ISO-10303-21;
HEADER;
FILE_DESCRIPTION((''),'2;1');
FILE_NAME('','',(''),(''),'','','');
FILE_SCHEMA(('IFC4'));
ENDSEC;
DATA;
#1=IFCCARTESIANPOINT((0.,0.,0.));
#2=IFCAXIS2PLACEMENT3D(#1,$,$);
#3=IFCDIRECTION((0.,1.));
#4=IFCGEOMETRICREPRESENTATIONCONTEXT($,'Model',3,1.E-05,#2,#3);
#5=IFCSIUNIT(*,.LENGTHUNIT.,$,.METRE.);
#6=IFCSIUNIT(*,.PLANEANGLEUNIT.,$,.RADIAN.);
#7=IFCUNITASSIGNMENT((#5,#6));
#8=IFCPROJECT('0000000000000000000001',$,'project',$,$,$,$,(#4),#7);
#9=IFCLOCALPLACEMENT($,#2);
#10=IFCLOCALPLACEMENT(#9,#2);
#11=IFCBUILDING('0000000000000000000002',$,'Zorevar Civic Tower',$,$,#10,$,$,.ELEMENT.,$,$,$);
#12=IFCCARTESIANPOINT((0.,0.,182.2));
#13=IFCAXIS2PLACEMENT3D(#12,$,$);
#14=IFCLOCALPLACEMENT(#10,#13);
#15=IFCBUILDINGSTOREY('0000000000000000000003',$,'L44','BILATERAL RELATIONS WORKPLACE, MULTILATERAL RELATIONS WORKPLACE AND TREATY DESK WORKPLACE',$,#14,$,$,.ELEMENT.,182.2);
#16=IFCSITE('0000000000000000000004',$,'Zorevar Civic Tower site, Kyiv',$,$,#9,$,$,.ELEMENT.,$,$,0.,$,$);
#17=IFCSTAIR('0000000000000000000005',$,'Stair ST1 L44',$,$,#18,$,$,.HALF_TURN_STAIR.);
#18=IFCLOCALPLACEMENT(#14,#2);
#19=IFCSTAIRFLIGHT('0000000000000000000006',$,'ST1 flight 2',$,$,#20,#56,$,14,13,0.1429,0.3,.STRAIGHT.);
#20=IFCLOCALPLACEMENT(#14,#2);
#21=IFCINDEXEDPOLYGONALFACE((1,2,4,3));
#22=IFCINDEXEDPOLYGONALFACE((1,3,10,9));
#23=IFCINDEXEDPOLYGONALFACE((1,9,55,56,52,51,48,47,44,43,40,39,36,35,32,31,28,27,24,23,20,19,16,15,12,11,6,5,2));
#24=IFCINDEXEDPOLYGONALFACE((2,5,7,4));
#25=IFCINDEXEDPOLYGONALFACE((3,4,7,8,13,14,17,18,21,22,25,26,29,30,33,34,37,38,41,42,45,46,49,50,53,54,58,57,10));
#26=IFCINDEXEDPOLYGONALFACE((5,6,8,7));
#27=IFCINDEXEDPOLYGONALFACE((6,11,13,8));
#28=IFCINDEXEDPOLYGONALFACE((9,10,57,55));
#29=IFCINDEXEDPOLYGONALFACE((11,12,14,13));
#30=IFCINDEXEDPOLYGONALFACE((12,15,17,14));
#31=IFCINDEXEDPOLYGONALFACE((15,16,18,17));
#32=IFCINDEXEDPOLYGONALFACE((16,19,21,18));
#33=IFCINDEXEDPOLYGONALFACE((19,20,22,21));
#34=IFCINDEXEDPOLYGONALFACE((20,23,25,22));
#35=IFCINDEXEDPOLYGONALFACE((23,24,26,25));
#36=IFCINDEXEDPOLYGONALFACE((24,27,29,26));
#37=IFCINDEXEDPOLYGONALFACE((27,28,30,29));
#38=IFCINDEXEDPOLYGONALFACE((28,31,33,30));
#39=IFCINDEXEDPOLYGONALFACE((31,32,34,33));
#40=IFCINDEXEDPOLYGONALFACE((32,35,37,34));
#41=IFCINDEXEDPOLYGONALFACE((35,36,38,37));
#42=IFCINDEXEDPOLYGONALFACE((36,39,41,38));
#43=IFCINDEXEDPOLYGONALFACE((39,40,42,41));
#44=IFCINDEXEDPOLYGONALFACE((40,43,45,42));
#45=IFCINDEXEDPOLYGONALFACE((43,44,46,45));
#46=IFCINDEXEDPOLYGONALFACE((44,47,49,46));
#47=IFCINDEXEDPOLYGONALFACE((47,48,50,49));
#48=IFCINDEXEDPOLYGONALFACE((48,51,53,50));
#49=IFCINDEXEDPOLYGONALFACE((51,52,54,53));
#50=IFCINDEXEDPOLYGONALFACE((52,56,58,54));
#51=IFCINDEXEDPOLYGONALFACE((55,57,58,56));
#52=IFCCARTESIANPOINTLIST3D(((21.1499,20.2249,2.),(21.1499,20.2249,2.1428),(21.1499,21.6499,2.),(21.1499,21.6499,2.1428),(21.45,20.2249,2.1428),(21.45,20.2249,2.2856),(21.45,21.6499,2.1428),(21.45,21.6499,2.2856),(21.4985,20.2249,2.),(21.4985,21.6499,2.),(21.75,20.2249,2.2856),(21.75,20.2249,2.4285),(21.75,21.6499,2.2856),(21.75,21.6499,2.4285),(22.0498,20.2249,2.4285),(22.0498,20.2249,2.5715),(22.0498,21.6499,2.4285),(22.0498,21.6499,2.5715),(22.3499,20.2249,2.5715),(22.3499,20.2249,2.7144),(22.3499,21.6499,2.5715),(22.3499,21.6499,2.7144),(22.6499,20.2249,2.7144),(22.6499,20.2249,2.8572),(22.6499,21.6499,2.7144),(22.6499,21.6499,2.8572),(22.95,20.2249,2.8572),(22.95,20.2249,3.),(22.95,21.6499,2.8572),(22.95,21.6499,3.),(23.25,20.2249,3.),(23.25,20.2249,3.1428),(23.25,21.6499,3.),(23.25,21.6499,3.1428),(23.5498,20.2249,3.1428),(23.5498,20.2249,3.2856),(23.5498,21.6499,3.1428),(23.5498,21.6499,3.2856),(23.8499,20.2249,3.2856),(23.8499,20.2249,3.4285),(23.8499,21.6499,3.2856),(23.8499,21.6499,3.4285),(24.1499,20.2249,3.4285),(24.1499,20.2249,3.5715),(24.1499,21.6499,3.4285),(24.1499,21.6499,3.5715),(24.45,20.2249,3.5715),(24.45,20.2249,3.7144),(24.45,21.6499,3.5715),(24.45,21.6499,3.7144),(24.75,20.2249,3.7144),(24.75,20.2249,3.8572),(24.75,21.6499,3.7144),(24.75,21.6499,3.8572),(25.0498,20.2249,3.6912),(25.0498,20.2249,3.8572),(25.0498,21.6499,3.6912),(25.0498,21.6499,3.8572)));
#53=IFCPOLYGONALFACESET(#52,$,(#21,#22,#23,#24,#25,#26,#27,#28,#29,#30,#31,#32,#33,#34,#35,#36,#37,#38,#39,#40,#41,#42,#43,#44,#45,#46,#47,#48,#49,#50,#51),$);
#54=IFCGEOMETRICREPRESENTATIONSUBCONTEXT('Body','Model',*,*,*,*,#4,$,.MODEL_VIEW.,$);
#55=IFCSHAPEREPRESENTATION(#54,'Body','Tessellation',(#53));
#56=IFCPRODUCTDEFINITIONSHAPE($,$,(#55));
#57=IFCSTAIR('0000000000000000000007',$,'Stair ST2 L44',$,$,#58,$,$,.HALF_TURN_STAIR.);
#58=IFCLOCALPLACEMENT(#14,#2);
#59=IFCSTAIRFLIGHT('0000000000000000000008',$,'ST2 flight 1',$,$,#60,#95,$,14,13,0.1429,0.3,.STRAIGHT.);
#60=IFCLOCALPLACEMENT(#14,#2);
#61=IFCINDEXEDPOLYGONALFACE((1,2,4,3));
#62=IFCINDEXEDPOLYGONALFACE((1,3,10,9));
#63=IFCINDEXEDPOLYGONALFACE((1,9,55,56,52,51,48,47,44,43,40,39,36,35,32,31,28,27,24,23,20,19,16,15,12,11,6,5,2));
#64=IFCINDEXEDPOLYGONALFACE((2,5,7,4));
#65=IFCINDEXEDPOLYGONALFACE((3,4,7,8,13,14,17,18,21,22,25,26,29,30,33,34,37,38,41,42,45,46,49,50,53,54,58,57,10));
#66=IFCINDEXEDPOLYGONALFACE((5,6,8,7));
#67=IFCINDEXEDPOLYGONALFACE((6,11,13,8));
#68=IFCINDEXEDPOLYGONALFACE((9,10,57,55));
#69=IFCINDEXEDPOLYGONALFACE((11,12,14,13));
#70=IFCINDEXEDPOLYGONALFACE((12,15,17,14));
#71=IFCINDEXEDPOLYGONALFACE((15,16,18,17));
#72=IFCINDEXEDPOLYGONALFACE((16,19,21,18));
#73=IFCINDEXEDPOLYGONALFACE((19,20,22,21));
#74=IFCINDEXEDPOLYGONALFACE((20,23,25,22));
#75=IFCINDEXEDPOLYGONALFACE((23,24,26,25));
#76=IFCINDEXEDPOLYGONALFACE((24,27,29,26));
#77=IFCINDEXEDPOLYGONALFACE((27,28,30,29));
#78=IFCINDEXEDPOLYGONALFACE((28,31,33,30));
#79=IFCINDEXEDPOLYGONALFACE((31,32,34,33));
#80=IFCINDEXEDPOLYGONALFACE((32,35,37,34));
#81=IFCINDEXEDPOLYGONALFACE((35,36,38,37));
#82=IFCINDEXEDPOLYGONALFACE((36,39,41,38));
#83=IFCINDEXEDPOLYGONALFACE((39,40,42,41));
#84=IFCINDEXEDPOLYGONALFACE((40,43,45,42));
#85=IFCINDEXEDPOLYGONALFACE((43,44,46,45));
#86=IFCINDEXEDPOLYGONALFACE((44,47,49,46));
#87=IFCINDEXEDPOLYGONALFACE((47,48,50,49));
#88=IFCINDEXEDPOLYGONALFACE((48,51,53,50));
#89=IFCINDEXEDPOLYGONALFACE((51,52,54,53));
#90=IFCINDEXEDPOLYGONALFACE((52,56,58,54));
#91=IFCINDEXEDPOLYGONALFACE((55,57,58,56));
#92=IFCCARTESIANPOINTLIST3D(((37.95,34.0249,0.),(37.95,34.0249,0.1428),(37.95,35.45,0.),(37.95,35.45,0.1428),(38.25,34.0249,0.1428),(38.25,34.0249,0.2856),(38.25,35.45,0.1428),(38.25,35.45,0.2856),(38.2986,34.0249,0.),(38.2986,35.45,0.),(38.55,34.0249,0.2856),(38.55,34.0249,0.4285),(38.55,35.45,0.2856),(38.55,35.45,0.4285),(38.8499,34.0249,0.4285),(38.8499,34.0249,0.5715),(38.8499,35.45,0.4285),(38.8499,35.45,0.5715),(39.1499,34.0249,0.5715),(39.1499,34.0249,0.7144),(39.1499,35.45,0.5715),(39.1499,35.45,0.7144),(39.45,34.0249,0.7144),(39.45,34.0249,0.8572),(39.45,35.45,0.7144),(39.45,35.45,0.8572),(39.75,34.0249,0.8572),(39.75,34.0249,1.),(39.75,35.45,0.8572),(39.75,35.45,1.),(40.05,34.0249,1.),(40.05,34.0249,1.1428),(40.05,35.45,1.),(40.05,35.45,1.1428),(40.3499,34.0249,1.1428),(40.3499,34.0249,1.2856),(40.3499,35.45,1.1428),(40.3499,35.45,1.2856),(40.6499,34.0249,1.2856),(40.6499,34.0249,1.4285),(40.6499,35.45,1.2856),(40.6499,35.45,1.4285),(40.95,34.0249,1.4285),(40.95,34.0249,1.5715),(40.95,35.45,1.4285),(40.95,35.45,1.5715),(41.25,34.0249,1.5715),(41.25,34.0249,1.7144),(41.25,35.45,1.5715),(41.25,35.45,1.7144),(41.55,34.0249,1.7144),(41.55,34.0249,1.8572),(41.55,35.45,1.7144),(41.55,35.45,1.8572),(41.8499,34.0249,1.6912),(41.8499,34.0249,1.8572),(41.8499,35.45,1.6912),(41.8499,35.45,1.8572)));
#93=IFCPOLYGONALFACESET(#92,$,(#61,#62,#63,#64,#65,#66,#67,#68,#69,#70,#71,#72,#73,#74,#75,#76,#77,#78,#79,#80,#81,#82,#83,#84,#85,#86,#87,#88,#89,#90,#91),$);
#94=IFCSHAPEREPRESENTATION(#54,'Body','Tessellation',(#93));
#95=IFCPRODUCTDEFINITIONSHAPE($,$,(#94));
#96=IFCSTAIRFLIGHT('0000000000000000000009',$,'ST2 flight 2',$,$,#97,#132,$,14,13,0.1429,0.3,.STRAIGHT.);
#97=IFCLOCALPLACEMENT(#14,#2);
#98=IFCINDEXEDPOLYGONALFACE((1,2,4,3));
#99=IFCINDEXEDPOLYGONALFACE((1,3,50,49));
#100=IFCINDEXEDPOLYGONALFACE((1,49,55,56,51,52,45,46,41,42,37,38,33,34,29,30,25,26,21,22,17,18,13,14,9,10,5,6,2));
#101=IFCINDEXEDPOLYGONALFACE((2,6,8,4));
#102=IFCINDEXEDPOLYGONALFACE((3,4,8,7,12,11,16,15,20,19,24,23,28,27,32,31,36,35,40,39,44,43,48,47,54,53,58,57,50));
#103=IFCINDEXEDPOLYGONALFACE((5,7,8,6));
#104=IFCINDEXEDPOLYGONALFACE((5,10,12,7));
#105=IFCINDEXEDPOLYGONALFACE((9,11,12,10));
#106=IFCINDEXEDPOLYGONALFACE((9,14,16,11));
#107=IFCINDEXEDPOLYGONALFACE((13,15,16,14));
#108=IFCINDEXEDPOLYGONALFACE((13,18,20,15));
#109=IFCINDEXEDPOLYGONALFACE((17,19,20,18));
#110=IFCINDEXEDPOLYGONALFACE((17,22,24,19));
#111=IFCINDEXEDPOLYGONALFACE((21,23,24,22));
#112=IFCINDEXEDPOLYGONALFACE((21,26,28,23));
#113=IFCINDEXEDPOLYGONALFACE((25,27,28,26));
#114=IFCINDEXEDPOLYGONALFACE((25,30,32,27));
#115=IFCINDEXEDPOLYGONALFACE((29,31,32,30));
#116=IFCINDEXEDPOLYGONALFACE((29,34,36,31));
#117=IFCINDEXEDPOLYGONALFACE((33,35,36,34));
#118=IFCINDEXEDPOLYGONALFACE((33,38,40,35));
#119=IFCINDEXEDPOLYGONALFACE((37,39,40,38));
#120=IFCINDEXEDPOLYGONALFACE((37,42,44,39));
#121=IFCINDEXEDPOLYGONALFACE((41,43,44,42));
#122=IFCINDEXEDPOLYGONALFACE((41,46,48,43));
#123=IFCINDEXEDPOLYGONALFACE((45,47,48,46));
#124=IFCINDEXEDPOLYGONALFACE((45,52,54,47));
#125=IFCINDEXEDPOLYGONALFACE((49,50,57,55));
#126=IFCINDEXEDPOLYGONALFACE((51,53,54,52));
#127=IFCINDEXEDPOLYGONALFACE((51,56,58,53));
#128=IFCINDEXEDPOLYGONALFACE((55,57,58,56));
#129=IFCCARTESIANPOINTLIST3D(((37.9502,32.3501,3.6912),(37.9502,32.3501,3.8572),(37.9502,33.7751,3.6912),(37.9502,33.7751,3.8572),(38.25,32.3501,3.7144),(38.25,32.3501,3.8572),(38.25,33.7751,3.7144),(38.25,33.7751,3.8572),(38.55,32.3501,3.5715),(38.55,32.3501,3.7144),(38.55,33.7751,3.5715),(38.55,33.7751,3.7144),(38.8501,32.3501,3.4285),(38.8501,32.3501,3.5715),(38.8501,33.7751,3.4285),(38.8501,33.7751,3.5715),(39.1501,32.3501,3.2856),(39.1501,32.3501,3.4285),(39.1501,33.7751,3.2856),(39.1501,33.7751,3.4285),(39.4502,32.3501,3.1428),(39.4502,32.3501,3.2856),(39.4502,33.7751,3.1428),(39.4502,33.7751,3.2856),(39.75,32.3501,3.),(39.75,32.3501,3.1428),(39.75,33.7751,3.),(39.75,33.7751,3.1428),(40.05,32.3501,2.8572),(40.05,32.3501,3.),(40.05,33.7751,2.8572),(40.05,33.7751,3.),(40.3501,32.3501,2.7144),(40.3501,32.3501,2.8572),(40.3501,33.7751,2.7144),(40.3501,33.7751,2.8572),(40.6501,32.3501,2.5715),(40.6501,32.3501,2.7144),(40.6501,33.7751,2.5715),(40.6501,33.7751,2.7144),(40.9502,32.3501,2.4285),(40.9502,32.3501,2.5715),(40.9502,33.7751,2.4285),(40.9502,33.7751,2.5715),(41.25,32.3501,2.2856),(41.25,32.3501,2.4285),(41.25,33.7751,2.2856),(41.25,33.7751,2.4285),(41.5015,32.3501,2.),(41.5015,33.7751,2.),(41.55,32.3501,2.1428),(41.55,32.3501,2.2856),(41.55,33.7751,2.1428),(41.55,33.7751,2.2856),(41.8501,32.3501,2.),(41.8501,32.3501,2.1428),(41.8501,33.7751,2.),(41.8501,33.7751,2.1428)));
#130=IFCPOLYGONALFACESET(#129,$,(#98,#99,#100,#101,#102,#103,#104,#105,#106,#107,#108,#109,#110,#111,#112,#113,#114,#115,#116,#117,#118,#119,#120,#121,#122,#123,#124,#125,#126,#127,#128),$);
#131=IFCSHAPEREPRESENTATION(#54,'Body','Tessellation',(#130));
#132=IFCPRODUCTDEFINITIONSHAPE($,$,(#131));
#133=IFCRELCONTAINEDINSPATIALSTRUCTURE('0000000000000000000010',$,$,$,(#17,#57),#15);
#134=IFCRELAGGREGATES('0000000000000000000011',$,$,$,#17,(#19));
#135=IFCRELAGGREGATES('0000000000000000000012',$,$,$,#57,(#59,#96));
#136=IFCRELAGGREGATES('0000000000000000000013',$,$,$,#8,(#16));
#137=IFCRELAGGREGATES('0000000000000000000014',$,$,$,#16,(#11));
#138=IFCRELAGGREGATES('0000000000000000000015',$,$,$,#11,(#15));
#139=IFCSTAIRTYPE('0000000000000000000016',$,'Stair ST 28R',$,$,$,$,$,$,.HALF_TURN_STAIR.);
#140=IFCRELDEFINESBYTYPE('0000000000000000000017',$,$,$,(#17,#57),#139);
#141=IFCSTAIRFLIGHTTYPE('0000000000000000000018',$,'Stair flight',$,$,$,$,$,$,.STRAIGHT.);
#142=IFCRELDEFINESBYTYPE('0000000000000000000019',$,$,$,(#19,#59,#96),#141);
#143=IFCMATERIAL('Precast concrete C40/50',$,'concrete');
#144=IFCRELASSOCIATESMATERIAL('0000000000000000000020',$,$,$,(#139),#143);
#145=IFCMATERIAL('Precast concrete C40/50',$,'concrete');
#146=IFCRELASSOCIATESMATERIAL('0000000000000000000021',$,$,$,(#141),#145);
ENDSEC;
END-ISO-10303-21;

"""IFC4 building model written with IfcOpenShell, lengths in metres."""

from ifc_helpers import new_model, si_unit, direction, frame, origin, place, context, subcontext, project, spatial, polyline, outline, extrude, material, type_object, element, aggregate, save


model = new_model("IFC4")

# Units and contexts
model_context = context("Model", 3, precision=1e-05, world=origin(), true_north=direction((0.0, 1.0)))
body_context = subcontext(model_context, "Body", "Model", "MODEL_VIEW")
ifc_project = project(units=[si_unit("LENGTHUNIT", "METRE"), si_unit("PLANEANGLEUNIT", "RADIAN")], contexts=[model_context])

# Site, building, storey
site_placement = place(None, origin())
site = spatial("IfcSite", under=ifc_project, at=site_placement, Name="Zorevar Civic Tower site, Kyiv", CompositionType="ELEMENT", RefElevation=0.0)
building_placement = place(site_placement, origin())
building = spatial("IfcBuilding", under=site, at=building_placement, Name="Zorevar Civic Tower", CompositionType="ELEMENT")
storey_placement = place(building_placement, frame((0.0, 0.0, 182.2)))
storey = spatial("IfcBuildingStorey", under=building, at=storey_placement, Name="L44", Description="BILATERAL RELATIONS WORKPLACE, MULTILATERAL RELATIONS WORKPLACE AND TREATY DESK WORKPLACE", CompositionType="ELEMENT", Elevation=182.2)

# Stair, stair flight
ifc_material_1 = material(Name="Precast concrete C40/50", Category="concrete")
stair_type = type_object("IfcStairType", Name="Stair ST 28R", PredefinedType="HALF_TURN_STAIR", material=ifc_material_1)
stair_1_placement = place(storey_placement, origin())
stair_1 = element("IfcStair", 1, at=stair_1_placement, inside=storey, type_object=stair_type, Name="Stair ST1 L44", PredefinedType="HALF_TURN_STAIR")
ifc_material_2 = material(Name="Precast concrete C40/50", Category="concrete")
stair_flight_type = type_object("IfcStairFlightType", Name="Stair flight", PredefinedType="STRAIGHT", material=ifc_material_2)
stair_flight_1_placement = place(storey_placement, frame((21.1499, 20.9375, 2.0), z_axis=(0.0, 0.0, 1.0), x_axis=(1.0, 0.0, 0.0)))
stair_flight_1 = element("IfcStairFlight", 2, at=stair_flight_1_placement, type_object=stair_flight_type, Name="ST1 flight 2", NumberOfRisers=14, NumberOfTreads=13, PredefinedType="STRAIGHT", RiserHeight=0.1429, TreadLength=0.3, context=body_context, shape_type="SweptSolid", body=[
    extrude(outline(polyline([(0.0, 0.0), (0.0, 0.1428), (0.3, 0.1428), (0.3, 0.2856), (0.6001, 0.2856), (0.6001, 0.4285), (0.8999, 0.4285), (0.8999, 0.5715), (1.2, 0.5715), (1.2, 0.7144), (1.5, 0.7144), (1.5, 0.8572), (1.8, 0.8572), (1.8, 1.0), (2.1001, 1.0), (2.1001, 1.1428), (2.3999, 1.1428), (2.3999, 1.2856), (2.7, 1.2856), (2.7, 1.4285), (3.0, 1.4285), (3.0, 1.5715), (3.3, 1.5715), (3.3, 1.7144), (3.6001, 1.7144), (3.6001, 1.8572), (3.8999, 1.8572), (3.8999, 2.0), (3.8999, 1.6912), (0.3486, 0.0), (0.0, 0.0)])), frame((0.0, 0.7124, 0.0), z_axis=(0.0, -1.0, 0.0), x_axis=(1.0, 0.0, 0.0)), (0.0, 0.0, 1.0), 1.425),
])
aggregate(stair_1, [stair_flight_1])

# Stair, stair flights
stair_2_placement = place(storey_placement, origin())
stair_2 = element("IfcStair", 3, at=stair_2_placement, inside=storey, type_object=stair_type, Name="Stair ST2 L44", PredefinedType="HALF_TURN_STAIR")
stair_flight_2_placement = place(storey_placement, frame((37.95, 34.7375, 0.0), z_axis=(0.0, 0.0, 1.0), x_axis=(1.0, 0.0, 0.0)))
stair_flight_2 = element("IfcStairFlight", 4, at=stair_flight_2_placement, type_object=stair_flight_type, Name="ST2 flight 1", NumberOfRisers=14, NumberOfTreads=13, PredefinedType="STRAIGHT", RiserHeight=0.1429, TreadLength=0.3, context=body_context, shape_type="SweptSolid", body=[
    extrude(outline(polyline([(0.0, 0.0), (0.0, 0.1428), (0.3, 0.1428), (0.3, 0.2856), (0.6001, 0.2856), (0.6001, 0.4285), (0.8999, 0.4285), (0.8999, 0.5715), (1.2, 0.5715), (1.2, 0.7144), (1.5, 0.7144), (1.5, 0.8572), (1.8, 0.8572), (1.8, 1.0), (2.1001, 1.0), (2.1001, 1.1428), (2.3999, 1.1428), (2.3999, 1.2856), (2.7, 1.2856), (2.7, 1.4285), (3.0, 1.4285), (3.0, 1.5715), (3.3, 1.5715), (3.3, 1.7144), (3.6001, 1.7144), (3.6001, 1.8572), (3.8999, 1.8572), (3.8999, 2.0), (3.8999, 1.6912), (0.3486, 0.0), (0.0, 0.0)])), frame((0.0, 0.7124, 0.0), z_axis=(0.0, -1.0, 0.0), x_axis=(1.0, 0.0, 0.0)), (0.0, 0.0, 1.0), 1.425),
])
stair_flight_3_placement = place(storey_placement, frame((41.8501, 33.0625, 2.0), z_axis=(0.0, 0.0, 1.0), x_axis=(-1.0, 0.0, 0.0)))
stair_flight_3 = element("IfcStairFlight", 5, at=stair_flight_3_placement, type_object=stair_flight_type, Name="ST2 flight 2", NumberOfRisers=14, NumberOfTreads=13, PredefinedType="STRAIGHT", RiserHeight=0.1429, TreadLength=0.3, context=body_context, shape_type="SweptSolid", body=[
    extrude(outline(polyline([(0.0, 0.0), (0.0, 0.1428), (0.3, 0.1428), (0.3, 0.2856), (0.6001, 0.2856), (0.6001, 0.4285), (0.8999, 0.4285), (0.8999, 0.5715), (1.2, 0.5715), (1.2, 0.7144), (1.5, 0.7144), (1.5, 0.8572), (1.8, 0.8572), (1.8, 1.0), (2.1001, 1.0), (2.1001, 1.1428), (2.3999, 1.1428), (2.3999, 1.2856), (2.7, 1.2856), (2.7, 1.4285), (3.0, 1.4285), (3.0, 1.5715), (3.3, 1.5715), (3.3, 1.7144), (3.6001, 1.7144), (3.6001, 1.8572), (3.8999, 1.8572), (3.8999, 2.0), (3.8999, 1.6912), (0.3486, 0.0), (0.0, 0.0)])), frame((0.0, 0.7124, 0.0), z_axis=(0.0, -1.0, 0.0), x_axis=(1.0, 0.0, 0.0)), (0.0, 0.0, 1.0), 1.425),
])
aggregate(stair_2, [stair_flight_2, stair_flight_3])

save(model, "model.ifc")
